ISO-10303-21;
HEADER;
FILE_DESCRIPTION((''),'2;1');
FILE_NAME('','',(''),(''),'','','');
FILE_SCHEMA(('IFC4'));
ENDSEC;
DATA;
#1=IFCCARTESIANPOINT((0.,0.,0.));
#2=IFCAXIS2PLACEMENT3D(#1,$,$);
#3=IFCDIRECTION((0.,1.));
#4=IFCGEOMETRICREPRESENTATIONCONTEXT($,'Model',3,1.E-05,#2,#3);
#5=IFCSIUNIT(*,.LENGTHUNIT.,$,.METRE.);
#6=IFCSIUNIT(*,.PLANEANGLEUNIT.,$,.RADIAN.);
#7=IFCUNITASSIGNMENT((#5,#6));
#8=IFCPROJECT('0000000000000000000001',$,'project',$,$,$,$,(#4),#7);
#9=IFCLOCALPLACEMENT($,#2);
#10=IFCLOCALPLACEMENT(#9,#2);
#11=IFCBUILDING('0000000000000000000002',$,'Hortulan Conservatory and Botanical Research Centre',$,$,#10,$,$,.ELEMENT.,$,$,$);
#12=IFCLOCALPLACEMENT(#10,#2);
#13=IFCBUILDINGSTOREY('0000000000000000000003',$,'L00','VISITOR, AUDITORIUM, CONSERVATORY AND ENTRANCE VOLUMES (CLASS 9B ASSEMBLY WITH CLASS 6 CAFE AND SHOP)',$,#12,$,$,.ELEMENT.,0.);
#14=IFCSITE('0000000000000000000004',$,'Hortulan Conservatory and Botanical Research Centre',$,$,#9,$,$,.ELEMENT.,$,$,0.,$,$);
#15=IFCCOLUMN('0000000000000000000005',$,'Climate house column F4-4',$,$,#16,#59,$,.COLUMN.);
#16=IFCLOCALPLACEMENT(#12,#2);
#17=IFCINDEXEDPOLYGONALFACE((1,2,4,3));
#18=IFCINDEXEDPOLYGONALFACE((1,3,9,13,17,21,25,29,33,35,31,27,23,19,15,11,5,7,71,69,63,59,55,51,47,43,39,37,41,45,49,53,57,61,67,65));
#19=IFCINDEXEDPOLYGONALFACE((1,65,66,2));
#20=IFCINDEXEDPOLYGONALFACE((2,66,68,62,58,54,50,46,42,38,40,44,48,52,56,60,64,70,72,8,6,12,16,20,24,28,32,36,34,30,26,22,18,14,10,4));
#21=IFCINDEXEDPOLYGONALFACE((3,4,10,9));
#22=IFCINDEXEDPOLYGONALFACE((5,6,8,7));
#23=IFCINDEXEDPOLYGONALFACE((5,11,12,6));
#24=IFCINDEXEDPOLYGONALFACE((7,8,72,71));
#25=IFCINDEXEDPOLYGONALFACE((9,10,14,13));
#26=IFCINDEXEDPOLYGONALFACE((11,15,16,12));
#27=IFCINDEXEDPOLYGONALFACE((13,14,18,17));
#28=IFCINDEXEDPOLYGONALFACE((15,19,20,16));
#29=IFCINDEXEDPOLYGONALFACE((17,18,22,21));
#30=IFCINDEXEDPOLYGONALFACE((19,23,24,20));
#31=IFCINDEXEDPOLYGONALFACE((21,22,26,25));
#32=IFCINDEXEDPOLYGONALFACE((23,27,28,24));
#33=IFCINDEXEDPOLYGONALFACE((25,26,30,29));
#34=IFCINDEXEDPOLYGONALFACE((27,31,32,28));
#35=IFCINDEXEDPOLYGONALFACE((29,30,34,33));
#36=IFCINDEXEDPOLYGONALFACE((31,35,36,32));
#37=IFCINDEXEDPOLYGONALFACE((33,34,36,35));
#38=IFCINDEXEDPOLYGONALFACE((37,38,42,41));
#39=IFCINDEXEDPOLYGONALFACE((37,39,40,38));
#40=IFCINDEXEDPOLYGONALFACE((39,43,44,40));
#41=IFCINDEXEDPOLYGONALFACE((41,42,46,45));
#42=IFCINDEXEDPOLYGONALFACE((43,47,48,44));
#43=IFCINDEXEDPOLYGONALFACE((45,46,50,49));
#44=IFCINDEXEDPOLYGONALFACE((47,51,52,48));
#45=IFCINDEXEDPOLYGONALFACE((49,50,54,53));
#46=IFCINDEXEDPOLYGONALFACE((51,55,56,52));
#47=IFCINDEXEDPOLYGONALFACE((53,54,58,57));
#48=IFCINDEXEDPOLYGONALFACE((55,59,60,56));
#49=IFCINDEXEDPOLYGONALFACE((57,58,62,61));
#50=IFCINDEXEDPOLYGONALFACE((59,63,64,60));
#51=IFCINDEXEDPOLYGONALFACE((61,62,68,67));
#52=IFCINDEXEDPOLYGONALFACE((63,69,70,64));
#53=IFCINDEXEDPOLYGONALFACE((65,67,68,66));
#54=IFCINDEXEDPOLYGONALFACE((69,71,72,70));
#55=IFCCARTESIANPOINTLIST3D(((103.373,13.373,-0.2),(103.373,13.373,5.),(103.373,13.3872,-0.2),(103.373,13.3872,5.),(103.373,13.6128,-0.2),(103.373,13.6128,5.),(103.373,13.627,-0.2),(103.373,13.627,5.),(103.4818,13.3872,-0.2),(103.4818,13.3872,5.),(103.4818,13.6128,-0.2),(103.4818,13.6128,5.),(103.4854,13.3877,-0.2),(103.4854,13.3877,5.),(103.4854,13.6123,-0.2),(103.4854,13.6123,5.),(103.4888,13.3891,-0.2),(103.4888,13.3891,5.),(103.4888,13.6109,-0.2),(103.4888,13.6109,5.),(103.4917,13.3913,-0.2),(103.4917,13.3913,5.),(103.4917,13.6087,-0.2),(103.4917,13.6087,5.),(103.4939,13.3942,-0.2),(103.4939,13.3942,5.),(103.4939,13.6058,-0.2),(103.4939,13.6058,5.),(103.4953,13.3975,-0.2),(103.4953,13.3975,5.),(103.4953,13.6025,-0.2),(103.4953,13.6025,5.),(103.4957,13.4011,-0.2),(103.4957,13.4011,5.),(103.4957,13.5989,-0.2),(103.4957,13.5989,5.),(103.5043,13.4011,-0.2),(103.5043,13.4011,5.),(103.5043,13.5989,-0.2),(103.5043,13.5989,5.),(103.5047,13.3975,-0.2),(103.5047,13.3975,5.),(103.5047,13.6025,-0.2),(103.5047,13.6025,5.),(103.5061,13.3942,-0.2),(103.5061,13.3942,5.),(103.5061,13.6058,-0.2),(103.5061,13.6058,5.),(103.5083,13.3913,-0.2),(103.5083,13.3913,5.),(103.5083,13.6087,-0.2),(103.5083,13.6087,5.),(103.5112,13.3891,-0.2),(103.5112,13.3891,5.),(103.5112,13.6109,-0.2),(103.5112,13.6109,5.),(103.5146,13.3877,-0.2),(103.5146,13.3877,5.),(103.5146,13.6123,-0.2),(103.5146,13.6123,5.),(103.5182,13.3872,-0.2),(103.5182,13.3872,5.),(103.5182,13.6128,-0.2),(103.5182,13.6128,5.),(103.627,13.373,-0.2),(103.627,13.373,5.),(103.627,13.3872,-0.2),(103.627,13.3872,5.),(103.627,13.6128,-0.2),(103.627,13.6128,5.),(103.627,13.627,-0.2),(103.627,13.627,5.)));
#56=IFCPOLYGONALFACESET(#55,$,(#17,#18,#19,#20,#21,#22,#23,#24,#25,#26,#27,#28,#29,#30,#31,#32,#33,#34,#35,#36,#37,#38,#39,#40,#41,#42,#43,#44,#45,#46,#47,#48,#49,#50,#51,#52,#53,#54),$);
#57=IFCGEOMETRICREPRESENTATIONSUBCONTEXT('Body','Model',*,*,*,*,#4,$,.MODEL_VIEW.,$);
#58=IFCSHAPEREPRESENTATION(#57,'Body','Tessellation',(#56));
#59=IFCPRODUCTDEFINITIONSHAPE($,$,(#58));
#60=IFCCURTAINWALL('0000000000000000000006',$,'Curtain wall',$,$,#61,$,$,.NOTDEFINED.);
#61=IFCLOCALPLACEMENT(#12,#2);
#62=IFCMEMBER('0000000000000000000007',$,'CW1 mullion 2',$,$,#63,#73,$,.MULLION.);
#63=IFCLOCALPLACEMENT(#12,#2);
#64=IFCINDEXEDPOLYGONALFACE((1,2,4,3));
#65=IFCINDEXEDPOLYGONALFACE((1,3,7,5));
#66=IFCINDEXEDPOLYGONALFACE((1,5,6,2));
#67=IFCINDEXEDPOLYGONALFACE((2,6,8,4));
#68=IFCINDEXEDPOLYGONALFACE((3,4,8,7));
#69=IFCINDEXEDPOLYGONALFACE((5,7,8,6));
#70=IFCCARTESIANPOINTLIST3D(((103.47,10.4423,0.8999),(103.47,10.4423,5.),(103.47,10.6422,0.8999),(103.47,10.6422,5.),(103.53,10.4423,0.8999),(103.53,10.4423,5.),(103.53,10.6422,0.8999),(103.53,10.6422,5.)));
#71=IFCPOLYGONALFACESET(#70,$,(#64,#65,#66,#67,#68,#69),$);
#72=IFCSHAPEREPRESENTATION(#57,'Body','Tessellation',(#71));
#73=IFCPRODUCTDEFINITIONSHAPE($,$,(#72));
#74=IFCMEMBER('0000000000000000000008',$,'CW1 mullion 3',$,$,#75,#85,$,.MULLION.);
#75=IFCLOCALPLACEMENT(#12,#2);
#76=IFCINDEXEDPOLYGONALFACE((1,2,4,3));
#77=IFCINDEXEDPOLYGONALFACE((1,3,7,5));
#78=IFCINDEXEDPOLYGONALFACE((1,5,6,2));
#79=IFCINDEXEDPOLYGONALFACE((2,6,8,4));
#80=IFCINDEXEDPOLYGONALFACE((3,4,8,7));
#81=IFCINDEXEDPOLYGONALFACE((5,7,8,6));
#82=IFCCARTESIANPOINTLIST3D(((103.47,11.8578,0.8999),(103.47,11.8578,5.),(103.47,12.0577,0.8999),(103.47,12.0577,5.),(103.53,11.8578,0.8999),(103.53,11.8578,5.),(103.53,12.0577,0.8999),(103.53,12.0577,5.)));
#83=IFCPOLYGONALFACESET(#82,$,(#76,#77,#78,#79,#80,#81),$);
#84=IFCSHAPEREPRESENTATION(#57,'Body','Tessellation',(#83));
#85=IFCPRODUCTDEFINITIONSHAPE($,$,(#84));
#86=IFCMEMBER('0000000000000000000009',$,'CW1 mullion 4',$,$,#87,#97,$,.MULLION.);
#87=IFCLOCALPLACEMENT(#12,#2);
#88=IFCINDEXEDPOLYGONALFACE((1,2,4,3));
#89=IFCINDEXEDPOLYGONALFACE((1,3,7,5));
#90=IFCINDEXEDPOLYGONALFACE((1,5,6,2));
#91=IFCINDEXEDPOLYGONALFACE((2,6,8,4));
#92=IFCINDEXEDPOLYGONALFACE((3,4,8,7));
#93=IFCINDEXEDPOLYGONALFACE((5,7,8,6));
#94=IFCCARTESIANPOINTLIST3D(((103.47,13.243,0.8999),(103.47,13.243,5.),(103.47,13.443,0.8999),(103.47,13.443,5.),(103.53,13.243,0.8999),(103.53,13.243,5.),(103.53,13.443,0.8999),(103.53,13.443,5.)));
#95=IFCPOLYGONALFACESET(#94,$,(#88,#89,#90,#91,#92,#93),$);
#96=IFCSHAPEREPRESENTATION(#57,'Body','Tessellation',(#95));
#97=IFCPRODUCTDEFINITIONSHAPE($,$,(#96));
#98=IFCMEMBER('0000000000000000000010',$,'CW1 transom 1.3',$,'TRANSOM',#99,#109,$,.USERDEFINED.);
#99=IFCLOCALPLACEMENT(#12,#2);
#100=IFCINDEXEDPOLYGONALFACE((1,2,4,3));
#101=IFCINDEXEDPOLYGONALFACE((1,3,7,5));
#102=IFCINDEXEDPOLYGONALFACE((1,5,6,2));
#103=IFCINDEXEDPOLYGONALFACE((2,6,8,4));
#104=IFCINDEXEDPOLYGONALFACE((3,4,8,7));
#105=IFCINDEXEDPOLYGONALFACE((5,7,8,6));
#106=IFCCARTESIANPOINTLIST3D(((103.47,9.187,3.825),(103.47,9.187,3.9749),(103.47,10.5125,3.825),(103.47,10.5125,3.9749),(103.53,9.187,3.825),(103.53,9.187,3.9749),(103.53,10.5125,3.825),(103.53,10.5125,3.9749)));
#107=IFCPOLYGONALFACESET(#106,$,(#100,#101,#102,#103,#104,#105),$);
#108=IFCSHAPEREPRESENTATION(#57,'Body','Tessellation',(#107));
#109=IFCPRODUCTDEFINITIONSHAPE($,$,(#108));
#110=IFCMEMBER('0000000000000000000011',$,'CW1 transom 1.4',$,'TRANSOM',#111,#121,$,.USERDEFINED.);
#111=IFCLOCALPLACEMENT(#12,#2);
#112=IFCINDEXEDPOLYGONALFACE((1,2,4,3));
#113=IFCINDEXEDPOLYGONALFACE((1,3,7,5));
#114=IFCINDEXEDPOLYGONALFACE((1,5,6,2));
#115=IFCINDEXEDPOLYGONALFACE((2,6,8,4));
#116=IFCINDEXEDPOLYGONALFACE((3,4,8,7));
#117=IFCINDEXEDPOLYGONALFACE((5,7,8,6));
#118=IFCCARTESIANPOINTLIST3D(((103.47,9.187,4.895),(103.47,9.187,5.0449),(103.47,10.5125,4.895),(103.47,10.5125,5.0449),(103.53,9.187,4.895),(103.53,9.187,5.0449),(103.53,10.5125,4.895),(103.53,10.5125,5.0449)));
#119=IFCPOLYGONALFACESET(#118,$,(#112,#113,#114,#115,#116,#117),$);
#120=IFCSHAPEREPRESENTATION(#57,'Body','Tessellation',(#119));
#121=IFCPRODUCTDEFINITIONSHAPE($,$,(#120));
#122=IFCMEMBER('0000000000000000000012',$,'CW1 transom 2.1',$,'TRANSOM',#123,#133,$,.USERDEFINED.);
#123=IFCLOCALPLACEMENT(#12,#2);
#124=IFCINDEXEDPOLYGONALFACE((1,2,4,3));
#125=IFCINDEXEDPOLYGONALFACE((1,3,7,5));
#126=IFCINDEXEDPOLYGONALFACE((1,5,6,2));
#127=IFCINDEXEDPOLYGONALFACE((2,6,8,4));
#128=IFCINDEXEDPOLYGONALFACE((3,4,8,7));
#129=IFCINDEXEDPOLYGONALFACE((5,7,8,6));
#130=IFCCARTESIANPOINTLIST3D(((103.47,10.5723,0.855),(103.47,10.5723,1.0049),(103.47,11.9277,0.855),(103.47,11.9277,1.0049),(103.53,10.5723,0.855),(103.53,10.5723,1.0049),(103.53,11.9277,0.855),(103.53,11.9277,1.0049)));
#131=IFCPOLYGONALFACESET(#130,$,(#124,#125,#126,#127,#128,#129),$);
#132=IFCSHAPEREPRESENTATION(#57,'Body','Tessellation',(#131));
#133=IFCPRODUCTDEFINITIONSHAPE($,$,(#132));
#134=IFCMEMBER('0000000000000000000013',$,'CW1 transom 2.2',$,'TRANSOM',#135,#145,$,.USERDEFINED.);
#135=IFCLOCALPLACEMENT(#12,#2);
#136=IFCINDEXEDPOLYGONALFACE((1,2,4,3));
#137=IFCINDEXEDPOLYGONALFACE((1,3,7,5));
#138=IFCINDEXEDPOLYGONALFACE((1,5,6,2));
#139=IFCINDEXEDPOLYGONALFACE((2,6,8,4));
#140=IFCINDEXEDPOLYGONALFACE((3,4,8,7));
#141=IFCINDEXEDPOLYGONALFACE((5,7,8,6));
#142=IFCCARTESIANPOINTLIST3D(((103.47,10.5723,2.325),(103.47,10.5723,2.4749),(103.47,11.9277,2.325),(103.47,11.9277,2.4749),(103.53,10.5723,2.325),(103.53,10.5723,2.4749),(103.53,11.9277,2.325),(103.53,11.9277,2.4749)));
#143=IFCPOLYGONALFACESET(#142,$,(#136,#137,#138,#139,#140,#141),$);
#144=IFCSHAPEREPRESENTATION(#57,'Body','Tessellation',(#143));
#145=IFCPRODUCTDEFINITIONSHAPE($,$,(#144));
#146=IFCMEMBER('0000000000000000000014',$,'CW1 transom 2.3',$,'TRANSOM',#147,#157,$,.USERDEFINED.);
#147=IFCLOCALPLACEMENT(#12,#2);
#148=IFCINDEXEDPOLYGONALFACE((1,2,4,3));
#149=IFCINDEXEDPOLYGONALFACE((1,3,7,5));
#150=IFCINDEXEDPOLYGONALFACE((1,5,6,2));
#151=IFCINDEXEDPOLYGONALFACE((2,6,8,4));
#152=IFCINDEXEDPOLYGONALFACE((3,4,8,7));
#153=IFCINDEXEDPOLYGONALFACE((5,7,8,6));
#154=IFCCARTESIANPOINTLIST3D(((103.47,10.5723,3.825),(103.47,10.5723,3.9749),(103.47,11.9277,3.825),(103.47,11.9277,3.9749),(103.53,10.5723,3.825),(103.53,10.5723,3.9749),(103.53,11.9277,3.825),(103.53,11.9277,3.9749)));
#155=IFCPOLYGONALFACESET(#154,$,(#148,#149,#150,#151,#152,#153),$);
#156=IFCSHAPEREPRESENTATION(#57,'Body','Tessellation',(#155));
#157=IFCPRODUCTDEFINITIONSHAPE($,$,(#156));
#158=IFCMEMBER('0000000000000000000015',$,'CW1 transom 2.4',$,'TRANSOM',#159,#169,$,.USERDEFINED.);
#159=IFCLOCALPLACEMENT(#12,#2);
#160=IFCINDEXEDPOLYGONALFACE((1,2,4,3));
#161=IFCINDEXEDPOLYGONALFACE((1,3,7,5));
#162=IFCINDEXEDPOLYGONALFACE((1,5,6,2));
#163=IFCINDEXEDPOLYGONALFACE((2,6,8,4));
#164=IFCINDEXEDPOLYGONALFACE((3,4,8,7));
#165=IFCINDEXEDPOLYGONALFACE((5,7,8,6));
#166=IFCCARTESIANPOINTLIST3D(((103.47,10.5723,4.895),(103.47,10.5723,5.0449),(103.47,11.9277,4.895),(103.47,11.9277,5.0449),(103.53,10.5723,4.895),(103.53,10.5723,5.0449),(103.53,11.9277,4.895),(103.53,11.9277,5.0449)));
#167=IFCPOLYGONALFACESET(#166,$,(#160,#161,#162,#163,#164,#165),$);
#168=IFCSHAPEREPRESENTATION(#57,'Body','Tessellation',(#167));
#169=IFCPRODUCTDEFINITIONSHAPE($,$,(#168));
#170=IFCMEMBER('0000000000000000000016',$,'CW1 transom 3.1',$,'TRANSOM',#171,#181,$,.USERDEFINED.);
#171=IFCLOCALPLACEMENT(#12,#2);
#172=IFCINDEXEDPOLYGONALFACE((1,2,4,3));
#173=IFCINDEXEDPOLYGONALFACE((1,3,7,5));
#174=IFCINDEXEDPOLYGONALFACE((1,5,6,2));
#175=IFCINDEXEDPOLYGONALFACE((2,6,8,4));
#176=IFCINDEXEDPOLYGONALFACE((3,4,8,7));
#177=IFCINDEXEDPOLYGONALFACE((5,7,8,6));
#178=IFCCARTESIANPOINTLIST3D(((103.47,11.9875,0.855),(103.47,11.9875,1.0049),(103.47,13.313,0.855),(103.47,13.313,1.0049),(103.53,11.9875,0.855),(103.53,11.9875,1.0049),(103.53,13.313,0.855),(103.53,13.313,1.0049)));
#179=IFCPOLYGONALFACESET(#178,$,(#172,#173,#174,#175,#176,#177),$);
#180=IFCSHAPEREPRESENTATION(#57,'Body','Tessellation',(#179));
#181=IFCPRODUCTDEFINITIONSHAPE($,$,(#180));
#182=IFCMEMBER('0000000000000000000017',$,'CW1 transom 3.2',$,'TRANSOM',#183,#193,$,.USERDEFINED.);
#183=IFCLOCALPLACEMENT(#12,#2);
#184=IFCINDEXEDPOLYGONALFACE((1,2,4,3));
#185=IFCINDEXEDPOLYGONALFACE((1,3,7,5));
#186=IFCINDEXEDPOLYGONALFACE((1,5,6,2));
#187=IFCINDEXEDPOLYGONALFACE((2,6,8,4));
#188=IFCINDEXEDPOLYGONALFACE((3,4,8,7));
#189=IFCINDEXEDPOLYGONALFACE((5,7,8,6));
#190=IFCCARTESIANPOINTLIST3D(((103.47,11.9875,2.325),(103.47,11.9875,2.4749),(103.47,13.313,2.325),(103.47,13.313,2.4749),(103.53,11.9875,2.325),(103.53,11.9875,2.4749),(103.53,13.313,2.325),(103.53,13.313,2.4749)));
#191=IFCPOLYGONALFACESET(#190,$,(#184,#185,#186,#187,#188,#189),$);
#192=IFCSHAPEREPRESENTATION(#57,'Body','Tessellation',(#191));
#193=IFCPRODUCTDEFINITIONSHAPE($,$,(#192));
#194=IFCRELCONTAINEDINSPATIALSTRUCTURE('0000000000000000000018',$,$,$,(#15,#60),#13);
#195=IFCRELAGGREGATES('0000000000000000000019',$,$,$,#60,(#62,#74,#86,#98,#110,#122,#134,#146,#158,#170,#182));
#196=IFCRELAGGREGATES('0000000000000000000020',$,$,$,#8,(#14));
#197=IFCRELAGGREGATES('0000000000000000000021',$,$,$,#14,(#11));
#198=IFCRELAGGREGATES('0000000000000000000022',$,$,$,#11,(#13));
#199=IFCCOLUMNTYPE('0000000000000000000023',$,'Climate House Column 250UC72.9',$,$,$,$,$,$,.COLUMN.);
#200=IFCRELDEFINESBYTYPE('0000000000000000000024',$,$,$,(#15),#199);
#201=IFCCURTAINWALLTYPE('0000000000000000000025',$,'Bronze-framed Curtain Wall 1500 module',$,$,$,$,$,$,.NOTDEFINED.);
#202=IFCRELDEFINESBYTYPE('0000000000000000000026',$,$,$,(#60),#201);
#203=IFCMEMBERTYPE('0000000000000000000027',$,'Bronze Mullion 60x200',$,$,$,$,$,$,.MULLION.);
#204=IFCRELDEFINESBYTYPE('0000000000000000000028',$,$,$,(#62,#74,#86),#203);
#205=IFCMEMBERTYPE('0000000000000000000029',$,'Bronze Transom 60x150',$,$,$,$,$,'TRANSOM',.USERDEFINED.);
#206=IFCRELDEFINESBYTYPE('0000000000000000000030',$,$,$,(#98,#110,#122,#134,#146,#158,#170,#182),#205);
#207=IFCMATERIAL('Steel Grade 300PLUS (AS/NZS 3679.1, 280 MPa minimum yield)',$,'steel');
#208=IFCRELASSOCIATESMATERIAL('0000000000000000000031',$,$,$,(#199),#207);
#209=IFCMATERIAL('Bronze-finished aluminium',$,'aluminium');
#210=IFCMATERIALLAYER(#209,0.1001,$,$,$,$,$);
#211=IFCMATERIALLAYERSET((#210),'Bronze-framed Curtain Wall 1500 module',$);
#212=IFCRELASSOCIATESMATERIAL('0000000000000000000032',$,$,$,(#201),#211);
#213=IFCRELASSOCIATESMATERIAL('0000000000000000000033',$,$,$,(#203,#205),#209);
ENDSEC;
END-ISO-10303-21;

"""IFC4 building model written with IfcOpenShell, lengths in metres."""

from ifc_helpers import new_model, si_unit, direction, frame, origin, origin_2d, place, context, subcontext, project, spatial, rectangle, i_section, extrude, material, layer, layer_set, material_profile, profile_set, type_object, element, aggregate, save


model = new_model("IFC4")

# Units and contexts
model_context = context("Model", 3, precision=1e-05, world=origin(), true_north=direction((0.0, 1.0)))
body_context = subcontext(model_context, "Body", "Model", "MODEL_VIEW")
ifc_project = project(units=[si_unit("LENGTHUNIT", "METRE"), si_unit("PLANEANGLEUNIT", "RADIAN")], contexts=[model_context])

# Site, building, storey
site_placement = place(None, origin())
site = spatial("IfcSite", under=ifc_project, at=site_placement, Name="Hortulan Conservatory and Botanical Research Centre", CompositionType="ELEMENT", RefElevation=0.0)
building_placement = place(site_placement, origin())
building = spatial("IfcBuilding", under=site, at=building_placement, Name="Hortulan Conservatory and Botanical Research Centre", CompositionType="ELEMENT")
storey_placement = place(building_placement, origin())
storey = spatial("IfcBuildingStorey", under=building, at=storey_placement, Name="L00", Description="VISITOR, AUDITORIUM, CONSERVATORY AND ENTRANCE VOLUMES (CLASS 9B ASSEMBLY WITH CLASS 6 CAFE AND SHOP)", CompositionType="ELEMENT", Elevation=0.0)

# Column
ifc_material_1 = material(Name="Steel Grade 300PLUS (AS/NZS 3679.1, 280 MPa minimum yield)", Category="steel")
ifc_material_profile_1 = material_profile(ifc_material_1, i_section(OverallWidth=0.2539, OverallDepth=0.2539, WebThickness=0.0085, FlangeThickness=0.0142, FilletRadius=0.0139, at=origin_2d()), Name="250UC72.9")
ifc_profile_set_1 = profile_set([ifc_material_profile_1], Name="Steel Grade 300PLUS (AS/NZS 3679.1, 280 MPa minimum yield)")
column_type = type_object("IfcColumnType", Name="Climate House Column 250UC72.9", PredefinedType="COLUMN", material=ifc_profile_set_1)
column_placement = place(storey_placement, frame((103.5, 13.5, -0.2), z_axis=(0.0, 0.0, 1.0), x_axis=(1.0, 0.0, 0.0)))
element("IfcColumn", 1, at=column_placement, inside=storey, type_object=column_type, Name="Climate house column F4-4", PredefinedType="COLUMN", context=body_context, shape_type="SweptSolid", body=[
    extrude(i_section(OverallWidth=0.2539, OverallDepth=0.2539, WebThickness=0.0085, FlangeThickness=0.0142, FilletRadius=0.0139, at=origin_2d()), origin(), (0.0, 0.0, 1.0), 5.2),
])

# Curtain wall, members
ifc_material_2 = material(Name="Bronze-finished aluminium", Category="aluminium")
ifc_layer_1 = layer(ifc_material_2, 0.1001)
ifc_layer_set_1 = layer_set([ifc_layer_1], Name="Bronze-framed Curtain Wall 1500 module")
curtain_wall_type = type_object("IfcCurtainWallType", Name="Bronze-framed Curtain Wall 1500 module", PredefinedType="NOTDEFINED", material=ifc_layer_set_1)
curtain_wall_placement = place(storey_placement, origin())
curtain_wall = element("IfcCurtainWall", 2, at=curtain_wall_placement, inside=storey, type_object=curtain_wall_type, Name="Curtain wall", PredefinedType="NOTDEFINED")
ifc_material_profile_2 = material_profile(ifc_material_2, rectangle(XDim=0.0601, YDim=0.2, at=origin_2d()), Name="Bronze Mullion 60x200")
ifc_profile_set_2 = profile_set([ifc_material_profile_2], Name="Bronze-finished aluminium")
member_type_1 = type_object("IfcMemberType", Name="Bronze Mullion 60x200", PredefinedType="MULLION", material=ifc_profile_set_2)
member_1_placement = place(storey_placement, frame((103.5, 10.5422, 0.8999), z_axis=(0.0, 0.0, 1.0), x_axis=(-1.0, 0.0, 0.0)))
member_1 = element("IfcMember", 3, at=member_1_placement, type_object=member_type_1, Name="CW1 mullion 2", PredefinedType="MULLION", context=body_context, shape_type="SweptSolid", body=[
    extrude(rectangle(XDim=0.0601, YDim=0.2, at=origin_2d()), origin(), (0.0, 0.0, 1.0), 4.1001),
])
member_2_placement = place(storey_placement, frame((103.5, 11.9578, 0.8999), z_axis=(0.0, 0.0, 1.0), x_axis=(-1.0, 0.0, 0.0)))
member_2 = element("IfcMember", 4, at=member_2_placement, type_object=member_type_1, Name="CW1 mullion 3", PredefinedType="MULLION", context=body_context, shape_type="SweptSolid", body=[
    extrude(rectangle(XDim=0.0601, YDim=0.2, at=origin_2d()), origin(), (0.0, 0.0, 1.0), 4.1001),
])
member_3_placement = place(storey_placement, frame((103.5, 13.343, 0.8999), z_axis=(0.0, 0.0, 1.0), x_axis=(-1.0, 0.0, 0.0)))
member_3 = element("IfcMember", 5, at=member_3_placement, type_object=member_type_1, Name="CW1 mullion 4", PredefinedType="MULLION", context=body_context, shape_type="SweptSolid", body=[
    extrude(rectangle(XDim=0.0601, YDim=0.2, at=origin_2d()), origin(), (0.0, 0.0, 1.0), 4.1001),
])
ifc_material_profile_3 = material_profile(ifc_material_2, rectangle(XDim=0.0601, YDim=0.1499, at=origin_2d()), Name="Bronze Transom 60x150")
ifc_profile_set_3 = profile_set([ifc_material_profile_3], Name="Bronze-finished aluminium")
member_type_2 = type_object("IfcMemberType", Name="Bronze Transom 60x150", ElementType="TRANSOM", PredefinedType="USERDEFINED", material=ifc_profile_set_3)
member_4_placement = place(storey_placement, frame((103.5, 9.187, 3.8999), z_axis=(0.0, 1.0, 0.0), x_axis=(-1.0, 0.0, 0.0)))
member_4 = element("IfcMember", 6, at=member_4_placement, type_object=member_type_2, Name="CW1 transom 1.3", ObjectType="TRANSOM", PredefinedType="USERDEFINED", context=body_context, shape_type="SweptSolid", body=[
    extrude(rectangle(XDim=0.0601, YDim=0.1499, at=origin_2d()), origin(), (0.0, 0.0, 1.0), 1.3254),
])
member_5_placement = place(storey_placement, frame((103.5, 9.187, 4.97), z_axis=(0.0, 1.0, 0.0), x_axis=(-1.0, 0.0, 0.0)))
member_5 = element("IfcMember", 7, at=member_5_placement, type_object=member_type_2, Name="CW1 transom 1.4", ObjectType="TRANSOM", PredefinedType="USERDEFINED", context=body_context, shape_type="SweptSolid", body=[
    extrude(rectangle(XDim=0.0601, YDim=0.1499, at=origin_2d()), origin(), (0.0, 0.0, 1.0), 1.3254),
])
member_6_placement = place(storey_placement, frame((103.5, 10.5723, 0.9299), z_axis=(0.0, 1.0, 0.0), x_axis=(-1.0, 0.0, 0.0)))
member_6 = element("IfcMember", 8, at=member_6_placement, type_object=member_type_2, Name="CW1 transom 2.1", ObjectType="TRANSOM", PredefinedType="USERDEFINED", context=body_context, shape_type="SweptSolid", body=[
    extrude(rectangle(XDim=0.0601, YDim=0.1499, at=origin_2d()), origin(), (0.0, 0.0, 1.0), 1.3555),
])
member_7_placement = place(storey_placement, frame((103.5, 10.5723, 2.3999), z_axis=(0.0, 1.0, 0.0), x_axis=(-1.0, 0.0, 0.0)))
member_7 = element("IfcMember", 9, at=member_7_placement, type_object=member_type_2, Name="CW1 transom 2.2", ObjectType="TRANSOM", PredefinedType="USERDEFINED", context=body_context, shape_type="SweptSolid", body=[
    extrude(rectangle(XDim=0.0601, YDim=0.1499, at=origin_2d()), origin(), (0.0, 0.0, 1.0), 1.3555),
])
member_8_placement = place(storey_placement, frame((103.5, 10.5723, 3.8999), z_axis=(0.0, 1.0, 0.0), x_axis=(-1.0, 0.0, 0.0)))
member_8 = element("IfcMember", 10, at=member_8_placement, type_object=member_type_2, Name="CW1 transom 2.3", ObjectType="TRANSOM", PredefinedType="USERDEFINED", context=body_context, shape_type="SweptSolid", body=[
    extrude(rectangle(XDim=0.0601, YDim=0.1499, at=origin_2d()), origin(), (0.0, 0.0, 1.0), 1.3555),
])
member_9_placement = place(storey_placement, frame((103.5, 10.5723, 4.97), z_axis=(0.0, 1.0, 0.0), x_axis=(-1.0, 0.0, 0.0)))
member_9 = element("IfcMember", 11, at=member_9_placement, type_object=member_type_2, Name="CW1 transom 2.4", ObjectType="TRANSOM", PredefinedType="USERDEFINED", context=body_context, shape_type="SweptSolid", body=[
    extrude(rectangle(XDim=0.0601, YDim=0.1499, at=origin_2d()), origin(), (0.0, 0.0, 1.0), 1.3555),
])
member_10_placement = place(storey_placement, frame((103.5, 11.9875, 0.9299), z_axis=(0.0, 1.0, 0.0), x_axis=(-1.0, 0.0, 0.0)))
member_10 = element("IfcMember", 12, at=member_10_placement, type_object=member_type_2, Name="CW1 transom 3.1", ObjectType="TRANSOM", PredefinedType="USERDEFINED", context=body_context, shape_type="SweptSolid", body=[
    extrude(rectangle(XDim=0.0601, YDim=0.1499, at=origin_2d()), origin(), (0.0, 0.0, 1.0), 1.3254),
])
member_11_placement = place(storey_placement, frame((103.5, 11.9875, 2.3999), z_axis=(0.0, 1.0, 0.0), x_axis=(-1.0, 0.0, 0.0)))
member_11 = element("IfcMember", 13, at=member_11_placement, type_object=member_type_2, Name="CW1 transom 3.2", ObjectType="TRANSOM", PredefinedType="USERDEFINED", context=body_context, shape_type="SweptSolid", body=[
    extrude(rectangle(XDim=0.0601, YDim=0.1499, at=origin_2d()), origin(), (0.0, 0.0, 1.0), 1.3254),
])

aggregate(curtain_wall, [member_1, member_2, member_3, member_4, member_5, member_6, member_7, member_8, member_9, member_10, member_11])

save(model, "model.ifc")
